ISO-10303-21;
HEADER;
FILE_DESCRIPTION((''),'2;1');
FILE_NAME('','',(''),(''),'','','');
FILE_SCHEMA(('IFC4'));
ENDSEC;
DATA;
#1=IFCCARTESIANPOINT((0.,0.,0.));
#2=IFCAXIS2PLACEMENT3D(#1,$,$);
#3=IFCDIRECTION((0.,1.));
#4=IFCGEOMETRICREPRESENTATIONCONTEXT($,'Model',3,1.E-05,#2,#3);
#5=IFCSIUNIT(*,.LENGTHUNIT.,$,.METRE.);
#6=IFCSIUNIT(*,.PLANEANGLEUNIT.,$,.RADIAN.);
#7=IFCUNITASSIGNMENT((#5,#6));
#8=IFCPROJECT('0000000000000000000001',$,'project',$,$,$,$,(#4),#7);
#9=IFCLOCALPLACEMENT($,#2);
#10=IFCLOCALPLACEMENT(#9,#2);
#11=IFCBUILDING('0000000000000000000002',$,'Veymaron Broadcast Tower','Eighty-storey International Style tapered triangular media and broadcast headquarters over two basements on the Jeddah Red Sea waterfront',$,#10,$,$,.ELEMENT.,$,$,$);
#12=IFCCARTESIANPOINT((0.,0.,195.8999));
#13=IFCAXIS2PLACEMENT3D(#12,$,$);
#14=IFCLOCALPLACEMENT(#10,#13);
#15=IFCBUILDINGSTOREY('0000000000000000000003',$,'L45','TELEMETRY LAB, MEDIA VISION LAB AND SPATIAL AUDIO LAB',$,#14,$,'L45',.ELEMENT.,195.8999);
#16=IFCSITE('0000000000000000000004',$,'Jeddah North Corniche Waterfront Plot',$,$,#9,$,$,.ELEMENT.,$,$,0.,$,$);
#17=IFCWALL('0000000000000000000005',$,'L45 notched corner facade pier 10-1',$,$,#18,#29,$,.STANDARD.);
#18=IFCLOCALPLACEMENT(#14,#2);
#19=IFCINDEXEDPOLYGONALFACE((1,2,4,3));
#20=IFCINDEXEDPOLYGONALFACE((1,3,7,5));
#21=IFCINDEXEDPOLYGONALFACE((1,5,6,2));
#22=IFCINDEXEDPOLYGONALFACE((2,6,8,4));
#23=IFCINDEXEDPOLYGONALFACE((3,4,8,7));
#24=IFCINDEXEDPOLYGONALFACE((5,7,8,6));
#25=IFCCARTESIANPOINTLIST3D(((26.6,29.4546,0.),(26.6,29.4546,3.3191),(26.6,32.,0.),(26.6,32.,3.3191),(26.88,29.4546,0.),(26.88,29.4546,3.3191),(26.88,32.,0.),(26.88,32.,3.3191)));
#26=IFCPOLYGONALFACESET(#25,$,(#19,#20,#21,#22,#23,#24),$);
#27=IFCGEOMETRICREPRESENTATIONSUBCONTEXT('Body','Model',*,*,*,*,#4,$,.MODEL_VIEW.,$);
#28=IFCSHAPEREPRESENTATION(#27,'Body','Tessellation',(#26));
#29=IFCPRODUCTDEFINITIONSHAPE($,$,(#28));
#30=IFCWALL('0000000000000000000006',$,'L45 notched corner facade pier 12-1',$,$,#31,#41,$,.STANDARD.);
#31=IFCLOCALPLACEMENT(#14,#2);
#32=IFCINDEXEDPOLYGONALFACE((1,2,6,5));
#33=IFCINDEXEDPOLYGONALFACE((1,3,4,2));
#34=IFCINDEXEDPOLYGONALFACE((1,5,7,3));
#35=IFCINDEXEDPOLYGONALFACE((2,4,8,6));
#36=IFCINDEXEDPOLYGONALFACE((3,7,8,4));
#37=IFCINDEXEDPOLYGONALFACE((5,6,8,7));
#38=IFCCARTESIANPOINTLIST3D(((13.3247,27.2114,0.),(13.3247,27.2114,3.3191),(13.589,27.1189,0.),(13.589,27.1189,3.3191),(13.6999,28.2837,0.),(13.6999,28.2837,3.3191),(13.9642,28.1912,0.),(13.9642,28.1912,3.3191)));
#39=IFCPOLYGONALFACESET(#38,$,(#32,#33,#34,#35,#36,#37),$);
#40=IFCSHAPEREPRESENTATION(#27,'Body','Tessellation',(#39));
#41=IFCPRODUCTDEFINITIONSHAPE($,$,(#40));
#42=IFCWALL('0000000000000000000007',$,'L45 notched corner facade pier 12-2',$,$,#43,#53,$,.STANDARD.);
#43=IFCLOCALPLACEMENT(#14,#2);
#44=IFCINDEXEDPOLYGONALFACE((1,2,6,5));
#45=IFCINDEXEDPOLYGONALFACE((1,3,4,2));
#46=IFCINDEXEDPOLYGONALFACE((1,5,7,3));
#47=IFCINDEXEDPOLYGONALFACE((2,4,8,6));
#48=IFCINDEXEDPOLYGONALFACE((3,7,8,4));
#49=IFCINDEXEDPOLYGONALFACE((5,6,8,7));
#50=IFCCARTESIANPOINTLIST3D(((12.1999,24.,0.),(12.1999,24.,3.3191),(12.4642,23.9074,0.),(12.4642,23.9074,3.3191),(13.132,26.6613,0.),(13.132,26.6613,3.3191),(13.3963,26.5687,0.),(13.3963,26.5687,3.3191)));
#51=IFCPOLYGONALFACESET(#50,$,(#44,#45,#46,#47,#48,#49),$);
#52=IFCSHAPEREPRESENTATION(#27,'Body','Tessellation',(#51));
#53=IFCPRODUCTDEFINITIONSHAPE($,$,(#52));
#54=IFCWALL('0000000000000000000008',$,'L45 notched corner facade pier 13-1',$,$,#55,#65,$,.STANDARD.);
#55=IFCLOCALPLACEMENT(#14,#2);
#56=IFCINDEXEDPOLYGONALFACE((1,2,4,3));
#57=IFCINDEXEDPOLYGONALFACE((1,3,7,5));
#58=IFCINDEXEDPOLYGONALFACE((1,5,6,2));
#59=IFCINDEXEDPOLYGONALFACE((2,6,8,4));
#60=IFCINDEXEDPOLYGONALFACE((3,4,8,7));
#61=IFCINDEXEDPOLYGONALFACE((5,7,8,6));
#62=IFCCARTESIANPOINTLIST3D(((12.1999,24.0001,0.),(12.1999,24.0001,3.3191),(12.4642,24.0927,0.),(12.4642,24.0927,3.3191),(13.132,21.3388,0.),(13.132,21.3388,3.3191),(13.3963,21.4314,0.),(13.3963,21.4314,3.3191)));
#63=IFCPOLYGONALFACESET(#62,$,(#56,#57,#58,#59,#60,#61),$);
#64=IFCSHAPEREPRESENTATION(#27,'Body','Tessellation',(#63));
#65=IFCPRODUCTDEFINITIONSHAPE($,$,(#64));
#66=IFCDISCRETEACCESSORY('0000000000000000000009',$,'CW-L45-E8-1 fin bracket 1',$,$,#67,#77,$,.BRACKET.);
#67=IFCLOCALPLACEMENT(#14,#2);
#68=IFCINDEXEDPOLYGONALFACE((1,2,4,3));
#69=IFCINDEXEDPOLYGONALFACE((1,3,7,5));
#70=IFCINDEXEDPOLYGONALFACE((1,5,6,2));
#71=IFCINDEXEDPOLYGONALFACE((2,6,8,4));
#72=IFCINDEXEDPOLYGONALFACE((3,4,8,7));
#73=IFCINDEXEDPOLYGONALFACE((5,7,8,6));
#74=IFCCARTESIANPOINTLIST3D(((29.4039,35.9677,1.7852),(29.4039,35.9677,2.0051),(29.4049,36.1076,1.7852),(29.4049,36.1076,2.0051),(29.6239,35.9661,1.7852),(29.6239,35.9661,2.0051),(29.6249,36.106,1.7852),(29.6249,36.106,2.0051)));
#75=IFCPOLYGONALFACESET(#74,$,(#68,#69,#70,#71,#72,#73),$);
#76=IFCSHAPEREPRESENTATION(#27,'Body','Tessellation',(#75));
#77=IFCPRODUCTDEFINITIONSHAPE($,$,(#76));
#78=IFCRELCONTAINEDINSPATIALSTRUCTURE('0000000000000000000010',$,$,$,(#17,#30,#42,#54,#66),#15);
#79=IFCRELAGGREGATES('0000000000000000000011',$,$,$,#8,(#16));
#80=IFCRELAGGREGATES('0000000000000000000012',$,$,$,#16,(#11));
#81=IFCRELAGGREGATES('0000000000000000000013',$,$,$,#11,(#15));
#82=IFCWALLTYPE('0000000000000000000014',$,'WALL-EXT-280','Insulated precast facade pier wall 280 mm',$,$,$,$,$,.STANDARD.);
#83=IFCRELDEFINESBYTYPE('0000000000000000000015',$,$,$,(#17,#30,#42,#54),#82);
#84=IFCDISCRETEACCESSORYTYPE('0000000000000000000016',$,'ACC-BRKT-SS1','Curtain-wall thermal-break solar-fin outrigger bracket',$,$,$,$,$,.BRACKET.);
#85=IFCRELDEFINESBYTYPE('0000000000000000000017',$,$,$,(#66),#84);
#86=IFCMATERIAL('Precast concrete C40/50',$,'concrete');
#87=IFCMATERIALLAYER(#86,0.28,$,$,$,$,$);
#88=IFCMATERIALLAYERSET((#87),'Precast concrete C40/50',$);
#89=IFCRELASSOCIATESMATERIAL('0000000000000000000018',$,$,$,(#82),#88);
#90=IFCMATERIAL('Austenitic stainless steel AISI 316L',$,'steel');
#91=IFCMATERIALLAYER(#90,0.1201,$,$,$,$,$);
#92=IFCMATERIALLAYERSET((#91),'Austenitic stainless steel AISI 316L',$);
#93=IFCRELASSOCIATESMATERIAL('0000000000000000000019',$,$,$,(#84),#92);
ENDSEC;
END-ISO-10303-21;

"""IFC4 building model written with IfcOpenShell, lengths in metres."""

from ifc_helpers import new_model, si_unit, direction, frame, frame_2d, origin, origin_2d, place, context, subcontext, project, spatial, rectangle, extrude, material, layer, layer_set, type_object, element, save


model = new_model("IFC4")

# Units and contexts
model_context = context("Model", 3, precision=1e-05, world=origin(), true_north=direction((0.0, 1.0)))
body_context = subcontext(model_context, "Body", "Model", "MODEL_VIEW")
ifc_project = project(units=[si_unit("LENGTHUNIT", "METRE"), si_unit("PLANEANGLEUNIT", "RADIAN")], contexts=[model_context])

# Site, building, storey
site_placement = place(None, origin())
site = spatial("IfcSite", under=ifc_project, at=site_placement, Name="Jeddah North Corniche Waterfront Plot", CompositionType="ELEMENT", RefElevation=0.0)
building_placement = place(site_placement, origin())
building = spatial("IfcBuilding", under=site, at=building_placement, Name="Veymaron Broadcast Tower", Description="Eighty-storey International Style tapered triangular media and broadcast headquarters over two basements on the Jeddah Red Sea waterfront", CompositionType="ELEMENT")
storey_placement = place(building_placement, frame((0.0, 0.0, 195.8999)))
storey = spatial("IfcBuildingStorey", under=building, at=storey_placement, Name="L45", Description="TELEMETRY LAB, MEDIA VISION LAB AND SPATIAL AUDIO LAB", LongName="L45", CompositionType="ELEMENT", Elevation=195.8999)

# Walls
ifc_material_1 = material(Name="Precast concrete C40/50", Category="concrete")
ifc_layer_1 = layer(ifc_material_1, 0.28)
ifc_layer_set_1 = layer_set([ifc_layer_1], Name="Precast concrete C40/50")
wall_type = type_object("IfcWallType", Name="WALL-EXT-280", Description="Insulated precast facade pier wall 280 mm", PredefinedType="STANDARD", material=ifc_layer_set_1)
wall_1_placement = place(storey_placement, frame((26.74, 32.0, 0.0), z_axis=(0.0, 0.0, 1.0), x_axis=(0.0, -1.0, 0.0)))
element("IfcWall", 1, at=wall_1_placement, inside=storey, type_object=wall_type, Name="L45 notched corner facade pier 10-1", PredefinedType="STANDARD", context=body_context, shape_type="SweptSolid", body=[
    extrude(rectangle(XDim=2.5454, YDim=0.28, at=frame_2d((1.2727, 0.0))), origin(), (0.0, 0.0, 1.0), 3.3191),
])
wall_2_placement = place(storey_placement, frame((13.832, 28.2373, 0.0), z_axis=(0.0, 0.0, 1.0), x_axis=(-0.330312, -0.943872, 0.0)))
element("IfcWall", 2, at=wall_2_placement, inside=storey, type_object=wall_type, Name="L45 notched corner facade pier 12-1", PredefinedType="STANDARD", context=body_context, shape_type="SweptSolid", body=[
    extrude(rectangle(XDim=1.136, YDim=0.28, at=frame_2d((0.5679, 0.0))), origin(), (0.0, 0.0, 1.0), 3.3191),
])
for number, where, z_axis, x_axis, name in (
    (3, (13.2642, 26.615, 0.0), (0.0, 0.0, 1.0), (-0.330555, -0.943787, 0.0), "L45 notched corner facade pier 12-2"),
    (4, (12.332, 24.0464, 0.0), (0.0, 0.0, 1.0), (0.330555, -0.943787, 0.0), "L45 notched corner facade pier 13-1"),
):
    element("IfcWall", number, at=place(storey_placement, frame(where, z_axis=z_axis, x_axis=x_axis)), inside=storey, type_object=wall_type, Name=name, PredefinedType="STANDARD", context=body_context, shape_type="SweptSolid", body=[
        extrude(rectangle(XDim=2.8198, YDim=0.28, at=frame_2d((1.4099, 0.0))), origin(), (0.0, 0.0, 1.0), 3.3191),
    ])

# Discrete accessory
ifc_material_2 = material(Name="Austenitic stainless steel AISI 316L", Category="steel")
ifc_layer_2 = layer(ifc_material_2, 0.1201)
ifc_layer_set_2 = layer_set([ifc_layer_2], Name="Austenitic stainless steel AISI 316L")
discrete_accessory_type = type_object("IfcDiscreteAccessoryType", Name="ACC-BRKT-SS1", Description="Curtain-wall thermal-break solar-fin outrigger bracket", PredefinedType="BRACKET", material=ifc_layer_set_2)
discrete_accessory_placement = place(storey_placement, frame((29.5144, 36.0369, 1.7852), z_axis=(0.0, 0.0, 1.0), x_axis=(-0.999975, 0.007138, 0.0)))
element("IfcDiscreteAccessory", 5, at=discrete_accessory_placement, inside=storey, type_object=discrete_accessory_type, Name="CW-L45-E8-1 fin bracket 1", PredefinedType="BRACKET", context=body_context, shape_type="SweptSolid", body=[
    extrude(rectangle(XDim=0.22, YDim=0.1399, at=origin_2d()), origin(), (0.0, 0.0, 1.0), 0.22),
])

save(model, "model.ifc")
